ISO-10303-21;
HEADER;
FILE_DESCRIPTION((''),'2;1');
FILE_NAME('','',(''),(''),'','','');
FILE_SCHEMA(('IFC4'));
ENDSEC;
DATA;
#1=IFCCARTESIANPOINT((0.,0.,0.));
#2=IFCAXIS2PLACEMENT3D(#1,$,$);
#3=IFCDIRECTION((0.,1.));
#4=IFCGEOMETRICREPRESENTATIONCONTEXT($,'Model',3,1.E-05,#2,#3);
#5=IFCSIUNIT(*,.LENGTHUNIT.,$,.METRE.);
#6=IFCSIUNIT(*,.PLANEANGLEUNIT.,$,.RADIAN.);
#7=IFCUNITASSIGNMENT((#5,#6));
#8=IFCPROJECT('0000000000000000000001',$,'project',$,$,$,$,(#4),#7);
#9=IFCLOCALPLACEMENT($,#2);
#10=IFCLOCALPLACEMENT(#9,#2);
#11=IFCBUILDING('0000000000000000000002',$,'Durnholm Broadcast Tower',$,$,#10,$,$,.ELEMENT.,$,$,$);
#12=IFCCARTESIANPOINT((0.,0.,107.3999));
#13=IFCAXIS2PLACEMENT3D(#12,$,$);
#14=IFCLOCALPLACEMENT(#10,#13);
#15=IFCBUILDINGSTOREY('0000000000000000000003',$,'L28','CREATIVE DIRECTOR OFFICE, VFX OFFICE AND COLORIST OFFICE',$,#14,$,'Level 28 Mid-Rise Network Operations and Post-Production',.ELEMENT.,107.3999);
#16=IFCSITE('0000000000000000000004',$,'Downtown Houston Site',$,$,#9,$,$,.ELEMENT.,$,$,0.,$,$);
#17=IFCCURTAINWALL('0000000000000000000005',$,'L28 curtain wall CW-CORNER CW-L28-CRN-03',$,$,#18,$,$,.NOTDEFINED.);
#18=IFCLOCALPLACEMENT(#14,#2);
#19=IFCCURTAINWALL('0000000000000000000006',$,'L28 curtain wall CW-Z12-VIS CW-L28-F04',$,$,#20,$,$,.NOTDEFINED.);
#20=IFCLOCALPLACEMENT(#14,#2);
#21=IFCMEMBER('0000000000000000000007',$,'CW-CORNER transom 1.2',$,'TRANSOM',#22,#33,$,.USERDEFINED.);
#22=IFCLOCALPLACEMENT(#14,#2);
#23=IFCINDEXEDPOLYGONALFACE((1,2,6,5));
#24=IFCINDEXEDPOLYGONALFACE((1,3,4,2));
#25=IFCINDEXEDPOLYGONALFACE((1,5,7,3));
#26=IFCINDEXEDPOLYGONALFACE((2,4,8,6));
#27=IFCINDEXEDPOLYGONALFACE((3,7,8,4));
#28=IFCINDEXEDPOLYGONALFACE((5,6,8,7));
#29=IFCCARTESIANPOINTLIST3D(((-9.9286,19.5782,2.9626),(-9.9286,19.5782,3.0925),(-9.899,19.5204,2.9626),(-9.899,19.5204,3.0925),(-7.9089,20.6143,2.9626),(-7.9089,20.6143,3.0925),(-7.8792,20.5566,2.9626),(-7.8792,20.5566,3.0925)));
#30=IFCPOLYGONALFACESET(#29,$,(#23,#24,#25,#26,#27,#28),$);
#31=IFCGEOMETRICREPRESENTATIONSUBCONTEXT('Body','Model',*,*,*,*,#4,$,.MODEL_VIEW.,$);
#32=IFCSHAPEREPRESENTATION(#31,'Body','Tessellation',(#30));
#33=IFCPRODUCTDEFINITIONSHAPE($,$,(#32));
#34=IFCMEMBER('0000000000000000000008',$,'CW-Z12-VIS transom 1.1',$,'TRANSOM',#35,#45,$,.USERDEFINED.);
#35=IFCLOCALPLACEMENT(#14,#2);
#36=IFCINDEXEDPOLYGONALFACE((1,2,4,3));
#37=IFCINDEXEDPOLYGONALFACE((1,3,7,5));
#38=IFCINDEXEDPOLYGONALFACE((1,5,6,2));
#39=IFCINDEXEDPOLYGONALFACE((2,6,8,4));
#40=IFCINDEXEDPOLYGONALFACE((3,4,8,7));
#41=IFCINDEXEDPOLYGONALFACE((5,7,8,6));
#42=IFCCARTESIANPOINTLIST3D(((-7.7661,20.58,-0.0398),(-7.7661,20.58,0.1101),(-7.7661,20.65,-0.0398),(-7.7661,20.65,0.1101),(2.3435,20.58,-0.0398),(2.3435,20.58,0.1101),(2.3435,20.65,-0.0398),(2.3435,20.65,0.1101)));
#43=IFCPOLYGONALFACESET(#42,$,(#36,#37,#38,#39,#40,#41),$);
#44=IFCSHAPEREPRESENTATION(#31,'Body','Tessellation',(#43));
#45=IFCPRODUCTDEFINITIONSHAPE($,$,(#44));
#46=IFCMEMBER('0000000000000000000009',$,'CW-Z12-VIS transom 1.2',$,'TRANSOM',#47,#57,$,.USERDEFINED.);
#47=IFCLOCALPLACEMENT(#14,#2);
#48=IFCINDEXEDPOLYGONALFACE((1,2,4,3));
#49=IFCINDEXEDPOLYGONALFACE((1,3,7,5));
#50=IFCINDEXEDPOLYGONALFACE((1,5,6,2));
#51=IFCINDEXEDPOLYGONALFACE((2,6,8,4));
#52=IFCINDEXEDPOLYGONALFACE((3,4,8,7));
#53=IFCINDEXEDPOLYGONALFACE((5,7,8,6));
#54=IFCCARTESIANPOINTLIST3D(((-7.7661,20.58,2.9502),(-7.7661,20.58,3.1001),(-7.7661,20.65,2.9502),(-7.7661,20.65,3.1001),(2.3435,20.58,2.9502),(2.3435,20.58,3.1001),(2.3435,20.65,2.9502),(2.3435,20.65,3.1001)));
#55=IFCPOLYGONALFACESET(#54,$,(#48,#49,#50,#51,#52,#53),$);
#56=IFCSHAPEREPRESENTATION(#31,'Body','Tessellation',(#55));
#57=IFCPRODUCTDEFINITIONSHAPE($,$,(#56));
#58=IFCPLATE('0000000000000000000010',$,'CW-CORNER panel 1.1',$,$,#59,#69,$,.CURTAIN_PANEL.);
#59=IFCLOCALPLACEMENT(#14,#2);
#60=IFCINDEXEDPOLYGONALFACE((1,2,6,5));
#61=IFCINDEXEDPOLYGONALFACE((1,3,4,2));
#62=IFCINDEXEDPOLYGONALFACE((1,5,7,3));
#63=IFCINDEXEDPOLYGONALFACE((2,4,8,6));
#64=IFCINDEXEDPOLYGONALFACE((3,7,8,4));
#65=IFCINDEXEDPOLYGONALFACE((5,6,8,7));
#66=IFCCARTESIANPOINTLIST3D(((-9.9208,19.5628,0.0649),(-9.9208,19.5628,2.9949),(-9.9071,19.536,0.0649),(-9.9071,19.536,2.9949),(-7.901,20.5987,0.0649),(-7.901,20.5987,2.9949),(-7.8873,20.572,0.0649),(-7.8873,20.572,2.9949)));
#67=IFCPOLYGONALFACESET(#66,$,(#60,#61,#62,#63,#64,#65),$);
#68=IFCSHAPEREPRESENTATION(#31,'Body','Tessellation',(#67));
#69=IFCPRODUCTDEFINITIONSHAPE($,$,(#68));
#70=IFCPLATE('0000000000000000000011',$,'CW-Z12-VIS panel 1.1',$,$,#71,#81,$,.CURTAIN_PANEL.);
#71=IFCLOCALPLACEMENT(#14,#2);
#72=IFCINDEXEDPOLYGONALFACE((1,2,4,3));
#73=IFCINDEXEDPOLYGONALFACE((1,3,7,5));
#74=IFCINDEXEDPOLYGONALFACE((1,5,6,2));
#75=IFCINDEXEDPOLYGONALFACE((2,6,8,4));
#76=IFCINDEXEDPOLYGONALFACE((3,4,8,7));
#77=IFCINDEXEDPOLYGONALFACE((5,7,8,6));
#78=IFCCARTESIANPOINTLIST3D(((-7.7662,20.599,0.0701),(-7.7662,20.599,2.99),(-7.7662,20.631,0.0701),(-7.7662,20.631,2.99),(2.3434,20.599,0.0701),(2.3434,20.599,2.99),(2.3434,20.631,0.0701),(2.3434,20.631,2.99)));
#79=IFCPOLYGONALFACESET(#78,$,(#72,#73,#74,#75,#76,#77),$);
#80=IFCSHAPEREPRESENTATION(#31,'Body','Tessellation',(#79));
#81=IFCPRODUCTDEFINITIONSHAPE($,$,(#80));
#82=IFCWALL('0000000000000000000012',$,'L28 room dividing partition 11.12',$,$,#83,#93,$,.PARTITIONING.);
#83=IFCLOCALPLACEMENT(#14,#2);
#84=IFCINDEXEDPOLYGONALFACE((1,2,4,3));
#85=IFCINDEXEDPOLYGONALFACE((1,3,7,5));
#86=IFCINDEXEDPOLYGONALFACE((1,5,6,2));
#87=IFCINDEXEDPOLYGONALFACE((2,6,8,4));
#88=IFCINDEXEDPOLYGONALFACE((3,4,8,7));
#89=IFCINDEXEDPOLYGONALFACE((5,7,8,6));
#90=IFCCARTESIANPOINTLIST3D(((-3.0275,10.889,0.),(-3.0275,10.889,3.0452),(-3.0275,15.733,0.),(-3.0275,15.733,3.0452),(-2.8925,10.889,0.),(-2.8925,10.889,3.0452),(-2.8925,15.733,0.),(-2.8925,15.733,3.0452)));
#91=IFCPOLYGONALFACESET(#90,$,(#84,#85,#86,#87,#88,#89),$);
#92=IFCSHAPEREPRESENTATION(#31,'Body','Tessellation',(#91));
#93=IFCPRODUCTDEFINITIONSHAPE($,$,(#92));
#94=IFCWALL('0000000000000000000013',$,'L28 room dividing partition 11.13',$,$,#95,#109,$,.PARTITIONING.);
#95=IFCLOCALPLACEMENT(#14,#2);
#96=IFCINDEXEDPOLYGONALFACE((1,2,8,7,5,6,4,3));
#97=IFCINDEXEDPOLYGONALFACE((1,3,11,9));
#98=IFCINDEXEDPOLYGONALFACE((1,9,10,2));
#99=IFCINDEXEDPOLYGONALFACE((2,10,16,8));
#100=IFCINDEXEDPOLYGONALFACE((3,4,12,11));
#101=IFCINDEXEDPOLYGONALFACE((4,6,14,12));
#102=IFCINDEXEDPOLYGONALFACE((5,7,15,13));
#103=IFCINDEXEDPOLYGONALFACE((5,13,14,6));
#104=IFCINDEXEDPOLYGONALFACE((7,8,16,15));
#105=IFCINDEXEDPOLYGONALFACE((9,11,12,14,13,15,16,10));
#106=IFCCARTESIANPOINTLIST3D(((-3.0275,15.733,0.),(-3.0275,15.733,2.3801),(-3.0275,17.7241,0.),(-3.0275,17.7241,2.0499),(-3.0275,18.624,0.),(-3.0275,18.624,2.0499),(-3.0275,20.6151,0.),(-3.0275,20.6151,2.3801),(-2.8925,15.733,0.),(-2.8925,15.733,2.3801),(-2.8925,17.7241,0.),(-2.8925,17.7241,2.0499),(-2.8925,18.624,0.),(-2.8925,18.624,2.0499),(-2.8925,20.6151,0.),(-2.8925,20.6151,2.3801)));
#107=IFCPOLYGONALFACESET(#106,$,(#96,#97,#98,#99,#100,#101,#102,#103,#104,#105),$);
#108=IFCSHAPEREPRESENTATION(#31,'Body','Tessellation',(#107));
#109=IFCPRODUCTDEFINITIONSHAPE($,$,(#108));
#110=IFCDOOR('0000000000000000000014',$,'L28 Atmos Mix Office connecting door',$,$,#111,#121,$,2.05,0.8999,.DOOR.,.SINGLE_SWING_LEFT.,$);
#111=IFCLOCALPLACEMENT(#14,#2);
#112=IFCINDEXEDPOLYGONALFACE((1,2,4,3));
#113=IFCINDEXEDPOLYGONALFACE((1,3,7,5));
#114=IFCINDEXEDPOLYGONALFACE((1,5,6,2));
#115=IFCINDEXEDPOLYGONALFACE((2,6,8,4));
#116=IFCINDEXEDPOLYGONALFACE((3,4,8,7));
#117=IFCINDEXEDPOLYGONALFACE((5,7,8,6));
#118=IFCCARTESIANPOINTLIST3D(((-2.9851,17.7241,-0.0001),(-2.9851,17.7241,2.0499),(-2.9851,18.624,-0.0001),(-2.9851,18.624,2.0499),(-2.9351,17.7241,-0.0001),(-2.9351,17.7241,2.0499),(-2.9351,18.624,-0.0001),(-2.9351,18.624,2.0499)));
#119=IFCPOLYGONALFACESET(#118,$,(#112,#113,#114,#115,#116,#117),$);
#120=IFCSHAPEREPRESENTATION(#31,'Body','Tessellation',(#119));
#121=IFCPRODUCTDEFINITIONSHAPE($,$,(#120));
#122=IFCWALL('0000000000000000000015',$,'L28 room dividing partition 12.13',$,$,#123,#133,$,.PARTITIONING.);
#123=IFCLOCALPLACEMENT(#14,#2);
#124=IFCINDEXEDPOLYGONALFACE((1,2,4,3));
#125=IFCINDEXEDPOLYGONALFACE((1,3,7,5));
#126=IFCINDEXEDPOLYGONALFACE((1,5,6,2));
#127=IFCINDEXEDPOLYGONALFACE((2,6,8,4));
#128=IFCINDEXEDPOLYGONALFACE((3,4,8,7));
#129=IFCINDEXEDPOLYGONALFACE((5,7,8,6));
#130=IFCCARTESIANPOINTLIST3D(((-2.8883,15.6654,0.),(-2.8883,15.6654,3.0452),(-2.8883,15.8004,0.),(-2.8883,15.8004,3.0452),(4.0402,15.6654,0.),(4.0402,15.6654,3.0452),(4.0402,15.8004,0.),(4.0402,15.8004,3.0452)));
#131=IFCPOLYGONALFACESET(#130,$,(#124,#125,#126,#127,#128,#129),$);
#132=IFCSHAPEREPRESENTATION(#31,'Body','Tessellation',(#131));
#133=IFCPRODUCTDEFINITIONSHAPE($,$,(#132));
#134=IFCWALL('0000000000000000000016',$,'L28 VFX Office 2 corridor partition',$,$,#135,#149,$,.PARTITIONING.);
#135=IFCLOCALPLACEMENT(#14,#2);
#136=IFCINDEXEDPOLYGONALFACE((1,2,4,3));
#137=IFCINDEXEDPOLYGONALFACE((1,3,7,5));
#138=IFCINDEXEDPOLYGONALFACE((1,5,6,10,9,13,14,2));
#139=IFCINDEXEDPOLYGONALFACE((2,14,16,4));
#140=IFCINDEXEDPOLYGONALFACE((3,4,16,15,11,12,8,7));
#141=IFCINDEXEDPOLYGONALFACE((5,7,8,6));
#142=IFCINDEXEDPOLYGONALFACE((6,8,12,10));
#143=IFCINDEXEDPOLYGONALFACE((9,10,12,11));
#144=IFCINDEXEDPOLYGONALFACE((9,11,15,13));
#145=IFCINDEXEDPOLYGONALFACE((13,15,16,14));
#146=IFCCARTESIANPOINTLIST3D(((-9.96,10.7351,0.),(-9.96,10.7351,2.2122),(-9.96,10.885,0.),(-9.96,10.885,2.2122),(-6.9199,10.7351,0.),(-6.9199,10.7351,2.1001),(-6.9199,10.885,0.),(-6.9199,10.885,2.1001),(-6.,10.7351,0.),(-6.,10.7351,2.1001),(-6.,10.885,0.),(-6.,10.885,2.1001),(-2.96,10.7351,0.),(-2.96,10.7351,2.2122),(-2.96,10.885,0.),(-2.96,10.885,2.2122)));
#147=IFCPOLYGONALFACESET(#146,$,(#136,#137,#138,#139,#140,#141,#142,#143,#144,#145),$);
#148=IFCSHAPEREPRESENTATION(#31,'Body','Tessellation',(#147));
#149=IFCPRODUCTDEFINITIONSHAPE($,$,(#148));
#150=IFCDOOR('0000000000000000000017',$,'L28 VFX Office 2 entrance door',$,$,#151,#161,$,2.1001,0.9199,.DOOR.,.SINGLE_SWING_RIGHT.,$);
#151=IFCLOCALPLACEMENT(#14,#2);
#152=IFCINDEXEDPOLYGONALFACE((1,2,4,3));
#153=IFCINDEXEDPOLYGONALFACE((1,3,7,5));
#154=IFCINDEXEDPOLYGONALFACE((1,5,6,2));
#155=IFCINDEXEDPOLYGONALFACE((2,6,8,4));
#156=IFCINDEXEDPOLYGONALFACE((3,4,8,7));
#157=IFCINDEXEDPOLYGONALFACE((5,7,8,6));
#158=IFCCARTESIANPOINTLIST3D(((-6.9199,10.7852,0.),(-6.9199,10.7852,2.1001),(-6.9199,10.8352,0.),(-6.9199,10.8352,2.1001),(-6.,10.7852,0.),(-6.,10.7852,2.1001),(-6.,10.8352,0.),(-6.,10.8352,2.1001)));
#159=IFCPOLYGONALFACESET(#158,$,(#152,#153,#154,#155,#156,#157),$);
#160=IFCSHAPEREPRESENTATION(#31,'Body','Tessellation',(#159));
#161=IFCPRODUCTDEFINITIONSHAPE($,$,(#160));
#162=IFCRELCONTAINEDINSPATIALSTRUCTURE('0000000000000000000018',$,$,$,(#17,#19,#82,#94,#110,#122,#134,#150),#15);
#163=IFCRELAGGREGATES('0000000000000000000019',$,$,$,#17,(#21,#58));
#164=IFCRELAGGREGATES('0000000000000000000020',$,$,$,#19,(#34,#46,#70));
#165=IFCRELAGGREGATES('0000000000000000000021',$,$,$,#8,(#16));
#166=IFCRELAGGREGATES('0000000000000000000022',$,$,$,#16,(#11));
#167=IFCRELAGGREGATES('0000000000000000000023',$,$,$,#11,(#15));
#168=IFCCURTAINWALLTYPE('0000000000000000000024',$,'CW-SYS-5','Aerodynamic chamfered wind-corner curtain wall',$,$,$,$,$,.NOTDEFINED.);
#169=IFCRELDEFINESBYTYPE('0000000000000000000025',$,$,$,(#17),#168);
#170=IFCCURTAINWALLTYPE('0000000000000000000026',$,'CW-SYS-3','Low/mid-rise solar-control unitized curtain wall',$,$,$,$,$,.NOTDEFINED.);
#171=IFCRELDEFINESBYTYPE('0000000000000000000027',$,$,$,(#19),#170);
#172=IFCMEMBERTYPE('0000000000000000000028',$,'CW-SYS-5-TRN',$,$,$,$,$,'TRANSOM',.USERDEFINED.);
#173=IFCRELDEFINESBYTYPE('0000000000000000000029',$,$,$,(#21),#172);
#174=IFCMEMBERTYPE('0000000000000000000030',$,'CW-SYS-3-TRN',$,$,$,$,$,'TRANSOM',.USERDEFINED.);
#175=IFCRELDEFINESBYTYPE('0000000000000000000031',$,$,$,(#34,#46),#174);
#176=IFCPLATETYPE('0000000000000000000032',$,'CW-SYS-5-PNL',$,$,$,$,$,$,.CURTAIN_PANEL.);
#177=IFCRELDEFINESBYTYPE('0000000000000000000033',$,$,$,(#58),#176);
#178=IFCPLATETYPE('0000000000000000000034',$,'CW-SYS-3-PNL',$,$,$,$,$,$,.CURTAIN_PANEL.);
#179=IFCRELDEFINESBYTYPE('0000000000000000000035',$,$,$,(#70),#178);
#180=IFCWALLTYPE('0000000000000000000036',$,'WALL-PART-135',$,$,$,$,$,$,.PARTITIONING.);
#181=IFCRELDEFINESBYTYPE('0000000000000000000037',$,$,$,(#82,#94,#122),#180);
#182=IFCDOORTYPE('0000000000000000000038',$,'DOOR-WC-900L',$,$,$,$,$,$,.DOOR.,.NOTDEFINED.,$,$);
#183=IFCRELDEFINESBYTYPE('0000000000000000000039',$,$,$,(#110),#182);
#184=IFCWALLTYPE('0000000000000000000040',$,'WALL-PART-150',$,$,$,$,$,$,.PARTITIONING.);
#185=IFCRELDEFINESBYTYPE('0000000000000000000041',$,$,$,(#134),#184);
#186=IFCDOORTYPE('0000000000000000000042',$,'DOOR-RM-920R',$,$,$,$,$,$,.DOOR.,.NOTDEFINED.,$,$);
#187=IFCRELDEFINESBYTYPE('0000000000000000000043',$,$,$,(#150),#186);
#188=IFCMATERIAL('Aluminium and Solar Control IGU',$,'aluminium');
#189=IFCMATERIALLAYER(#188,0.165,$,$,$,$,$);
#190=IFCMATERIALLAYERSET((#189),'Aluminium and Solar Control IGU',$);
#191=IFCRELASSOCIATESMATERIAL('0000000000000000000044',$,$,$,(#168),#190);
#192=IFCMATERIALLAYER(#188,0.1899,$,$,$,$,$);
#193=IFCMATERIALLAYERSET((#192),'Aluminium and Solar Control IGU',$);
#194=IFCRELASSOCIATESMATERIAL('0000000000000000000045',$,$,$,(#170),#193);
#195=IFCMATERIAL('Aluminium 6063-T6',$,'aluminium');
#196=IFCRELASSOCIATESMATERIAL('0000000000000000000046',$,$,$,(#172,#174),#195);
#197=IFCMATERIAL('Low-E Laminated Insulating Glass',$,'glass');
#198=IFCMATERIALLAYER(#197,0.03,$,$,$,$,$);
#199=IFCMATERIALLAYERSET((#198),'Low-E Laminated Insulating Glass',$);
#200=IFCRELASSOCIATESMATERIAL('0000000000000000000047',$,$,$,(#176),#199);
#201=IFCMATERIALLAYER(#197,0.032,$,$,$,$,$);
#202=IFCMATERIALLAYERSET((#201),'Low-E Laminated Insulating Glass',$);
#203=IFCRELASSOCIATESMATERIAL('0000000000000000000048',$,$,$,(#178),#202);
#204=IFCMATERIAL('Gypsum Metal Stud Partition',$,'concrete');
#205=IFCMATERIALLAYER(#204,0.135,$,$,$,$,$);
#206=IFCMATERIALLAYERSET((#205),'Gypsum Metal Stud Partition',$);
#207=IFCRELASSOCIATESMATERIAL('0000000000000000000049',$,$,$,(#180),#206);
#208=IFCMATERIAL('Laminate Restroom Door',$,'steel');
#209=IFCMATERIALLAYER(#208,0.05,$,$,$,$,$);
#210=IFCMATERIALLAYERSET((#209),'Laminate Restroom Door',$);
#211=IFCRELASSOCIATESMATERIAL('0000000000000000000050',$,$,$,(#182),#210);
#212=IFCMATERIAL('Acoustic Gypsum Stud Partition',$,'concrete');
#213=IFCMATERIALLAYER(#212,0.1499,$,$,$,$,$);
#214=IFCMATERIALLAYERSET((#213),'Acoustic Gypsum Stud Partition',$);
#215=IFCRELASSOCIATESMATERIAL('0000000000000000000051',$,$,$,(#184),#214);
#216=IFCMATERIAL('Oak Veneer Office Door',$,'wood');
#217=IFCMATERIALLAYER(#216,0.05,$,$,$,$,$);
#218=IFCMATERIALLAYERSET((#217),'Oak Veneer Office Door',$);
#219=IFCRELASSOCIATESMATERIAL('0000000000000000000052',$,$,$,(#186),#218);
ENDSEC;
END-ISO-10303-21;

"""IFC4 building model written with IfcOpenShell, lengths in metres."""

from ifc_helpers import new_model, si_unit, direction, frame, frame_2d, origin, origin_2d, place, context, subcontext, project, spatial, rectangle, extrude, source, transform, mapped, material, layer, layer_set, material_profile, profile_set, type_object, type_shapes, element, fill, aggregate, save


model = new_model("IFC4")

# Units and contexts
model_context = context("Model", 3, precision=1e-05, world=origin(), true_north=direction((0.0, 1.0)))
body_context = subcontext(model_context, "Body", "Model", "MODEL_VIEW")
ifc_project = project(units=[si_unit("LENGTHUNIT", "METRE"), si_unit("PLANEANGLEUNIT", "RADIAN")], contexts=[model_context])

# Site, building, storey
site_placement = place(None, origin())
site = spatial("IfcSite", under=ifc_project, at=site_placement, Name="Downtown Houston Site", CompositionType="ELEMENT", RefElevation=0.0)
building_placement = place(site_placement, origin())
building = spatial("IfcBuilding", under=site, at=building_placement, Name="Durnholm Broadcast Tower", CompositionType="ELEMENT")
storey_placement = place(building_placement, frame((0.0, 0.0, 107.3999)))
storey = spatial("IfcBuildingStorey", under=building, at=storey_placement, Name="L28", Description="CREATIVE DIRECTOR OFFICE, VFX OFFICE AND COLORIST OFFICE", LongName="Level 28 Mid-Rise Network Operations and Post-Production", CompositionType="ELEMENT", Elevation=107.3999)

# Curtain walls
ifc_material_1 = material(Name="Aluminium and Solar Control IGU", Category="aluminium")
ifc_layer_1 = layer(ifc_material_1, 0.165)
ifc_layer_set_1 = layer_set([ifc_layer_1], Name="Aluminium and Solar Control IGU")
curtain_wall_type_1 = type_object("IfcCurtainWallType", Name="CW-SYS-5", Description="Aerodynamic chamfered wind-corner curtain wall", PredefinedType="NOTDEFINED", material=ifc_layer_set_1)
curtain_wall_1_placement = place(storey_placement, origin())
curtain_wall_1 = element("IfcCurtainWall", 1, at=curtain_wall_1_placement, inside=storey, type_object=curtain_wall_type_1, Name="L28 curtain wall CW-CORNER CW-L28-CRN-03", PredefinedType="NOTDEFINED")
ifc_material_2 = material(Name="Aluminium 6063-T6", Category="aluminium")
ifc_layer_2 = layer(ifc_material_1, 0.1899)
ifc_layer_set_2 = layer_set([ifc_layer_2], Name="Aluminium and Solar Control IGU")
curtain_wall_type_2 = type_object("IfcCurtainWallType", Name="CW-SYS-3", Description="Low/mid-rise solar-control unitized curtain wall", PredefinedType="NOTDEFINED", material=ifc_layer_set_2)
curtain_wall_2_placement = place(storey_placement, origin())
curtain_wall_2 = element("IfcCurtainWall", 2, at=curtain_wall_2_placement, inside=storey, type_object=curtain_wall_type_2, Name="L28 curtain wall CW-Z12-VIS CW-L28-F04", PredefinedType="NOTDEFINED")

# Members
ifc_material_profile_1 = material_profile(ifc_material_2, rectangle(XDim=0.0649, YDim=0.1299, at=origin_2d()), Name="CWT65X130")
ifc_profile_set_1 = profile_set([ifc_material_profile_1], Name="Aluminium 6063-T6")
member_type_1 = type_object("IfcMemberType", Name="CW-SYS-5-TRN", ElementType="TRANSOM", PredefinedType="USERDEFINED", material=ifc_profile_set_1)
shared_shape_1 = source(origin(), body_context, "Body", "SweptSolid", [
    extrude(rectangle(XDim=0.0649, YDim=0.1299, at=origin_2d()), origin(), (0.0, 0.0, 1.0), 2.27),
])
type_shapes(member_type_1, [shared_shape_1])
member_1_placement = place(storey_placement, frame((-9.9138, 19.5493, 3.0276), z_axis=(0.889755, 0.456439, 0.0), x_axis=(-0.456439, 0.889755, 0.0)))
member_1 = element("IfcMember", 3, at=member_1_placement, type_object=member_type_1, Name="CW-CORNER transom 1.2", ObjectType="TRANSOM", PredefinedType="USERDEFINED", context=body_context, shape_type="MappedRepresentation", body=[
    mapped(shared_shape_1, transform((0.0, 0.0, 0.0), x_axis=(1.0, 0.0, 0.0), y_axis=(0.0, 1.0, 0.0), z_axis=(0.0, 0.0, 1.0), scale=1.0)),
])
ifc_material_profile_2 = material_profile(ifc_material_2, rectangle(XDim=0.0701, YDim=0.1499, at=origin_2d()), Name="CWT70X150")
ifc_profile_set_2 = profile_set([ifc_material_profile_2], Name="Aluminium 6063-T6")
member_type_2 = type_object("IfcMemberType", Name="CW-SYS-3-TRN", ElementType="TRANSOM", PredefinedType="USERDEFINED", material=ifc_profile_set_2)
shared_shape_2 = source(origin(), body_context, "Body", "SweptSolid", [
    extrude(rectangle(XDim=0.0701, YDim=0.1499, at=origin_2d()), origin(), (0.0, 0.0, 1.0), 10.1096),
])
type_shapes(member_type_2, [shared_shape_2])
member_2_placement = place(storey_placement, frame((-7.7661, 20.615, 0.0352), z_axis=(1.0, 0.0, 0.0), x_axis=(0.0, 1.0, 0.0)))
member_2 = element("IfcMember", 4, at=member_2_placement, type_object=member_type_2, Name="CW-Z12-VIS transom 1.1", ObjectType="TRANSOM", PredefinedType="USERDEFINED", context=body_context, shape_type="MappedRepresentation", body=[
    mapped(shared_shape_2, transform((0.0, 0.0, 0.0), x_axis=(1.0, 0.0, 0.0), y_axis=(0.0, 1.0, 0.0), z_axis=(0.0, 0.0, 1.0), scale=1.0)),
])
member_3_placement = place(storey_placement, frame((-7.7661, 20.615, 3.0251), z_axis=(1.0, 0.0, 0.0), x_axis=(0.0, 1.0, 0.0)))
member_3 = element("IfcMember", 5, at=member_3_placement, type_object=member_type_2, Name="CW-Z12-VIS transom 1.2", ObjectType="TRANSOM", PredefinedType="USERDEFINED", context=body_context, shape_type="MappedRepresentation", body=[
    mapped(shared_shape_2, transform((0.0, 0.0, 0.0), x_axis=(1.0, 0.0, 0.0), y_axis=(0.0, 1.0, 0.0), z_axis=(0.0, 0.0, 1.0), scale=1.0)),
])

# Plates
ifc_material_3 = material(Name="Low-E Laminated Insulating Glass", Category="glass")
ifc_layer_3 = layer(ifc_material_3, 0.03)
ifc_layer_set_3 = layer_set([ifc_layer_3], Name="Low-E Laminated Insulating Glass")
plate_type_1 = type_object("IfcPlateType", Name="CW-SYS-5-PNL", PredefinedType="CURTAIN_PANEL", material=ifc_layer_set_3)
shared_shape_3 = source(origin(), body_context, "Body", "SweptSolid", [
    extrude(rectangle(XDim=2.27, YDim=0.03, at=origin_2d()), origin(), (0.0, 0.0, 1.0), 2.9299),
])
type_shapes(plate_type_1, [shared_shape_3])
plate_1_placement = place(storey_placement, frame((-8.9041, 20.0674, 0.0649), z_axis=(0.0, 0.0, 1.0), x_axis=(0.889788, 0.456373, 0.0)))
plate_1 = element("IfcPlate", 6, at=plate_1_placement, type_object=plate_type_1, Name="CW-CORNER panel 1.1", PredefinedType="CURTAIN_PANEL", context=body_context, shape_type="MappedRepresentation", body=[
    mapped(shared_shape_3, transform((0.0, 0.0, 0.0), x_axis=(1.0, 0.0, 0.0), y_axis=(0.0, 1.0, 0.0), z_axis=(0.0, 0.0, 1.0), scale=1.0)),
])
aggregate(curtain_wall_1, [member_1, plate_1])
ifc_layer_4 = layer(ifc_material_3, 0.032)
ifc_layer_set_4 = layer_set([ifc_layer_4], Name="Low-E Laminated Insulating Glass")
plate_type_2 = type_object("IfcPlateType", Name="CW-SYS-3-PNL", PredefinedType="CURTAIN_PANEL", material=ifc_layer_set_4)
shared_shape_4 = source(origin(), body_context, "Body", "SweptSolid", [
    extrude(rectangle(XDim=10.1096, YDim=0.032, at=origin_2d()), origin(), (0.0, 0.0, 1.0), 2.9199),
])
type_shapes(plate_type_2, [shared_shape_4])
plate_2_placement = place(storey_placement, frame((-2.7114, 20.615, 0.0701), z_axis=(0.0, 0.0, 1.0), x_axis=(1.0, 0.0, 0.0)))
plate_2 = element("IfcPlate", 7, at=plate_2_placement, type_object=plate_type_2, Name="CW-Z12-VIS panel 1.1", PredefinedType="CURTAIN_PANEL", context=body_context, shape_type="MappedRepresentation", body=[
    mapped(shared_shape_4, transform((0.0, 0.0, 0.0), x_axis=(1.0, 0.0, 0.0), y_axis=(0.0, 1.0, 0.0), z_axis=(0.0, 0.0, 1.0), scale=1.0)),
])
aggregate(curtain_wall_2, [member_2, member_3, plate_2])

# Wall
ifc_material_4 = material(Name="Gypsum Metal Stud Partition", Category="concrete")
ifc_layer_5 = layer(ifc_material_4, 0.135)
ifc_layer_set_5 = layer_set([ifc_layer_5], Name="Gypsum Metal Stud Partition")
wall_type_1 = type_object("IfcWallType", Name="WALL-PART-135", PredefinedType="PARTITIONING", material=ifc_layer_set_5)
wall_1_placement = place(storey_placement, frame((-2.96, 15.7329, 0.0), z_axis=(0.0, 0.0, 1.0), x_axis=(0.0, -1.0, 0.0)))
element("IfcWall", 8, at=wall_1_placement, inside=storey, type_object=wall_type_1, Name="L28 room dividing partition 11.12", PredefinedType="PARTITIONING", context=body_context, shape_type="SweptSolid", body=[
    extrude(rectangle(XDim=4.844, YDim=0.135, at=frame_2d((2.4219, 0.0))), origin(), (0.0, 0.0, 1.0), 3.0452),
])

# Wall, opening, door
wall_2_placement = place(storey_placement, frame((-2.96, 20.615, 0.0), z_axis=(0.0, 0.0, 1.0), x_axis=(0.0, -1.0, 0.0)))
wall_2 = element("IfcWall", 9, at=wall_2_placement, inside=storey, type_object=wall_type_1, Name="L28 room dividing partition 11.13", PredefinedType="PARTITIONING", context=body_context, shape_type="SweptSolid", body=[
    extrude(rectangle(XDim=4.8821, YDim=0.135, at=frame_2d((2.4409, 0.0))), origin(), (0.0, 0.0, 1.0), 2.3801),
])
opening_1_placement = place(wall_2_placement, frame((1.991, 0.0, 0.0)))
opening_1 = element("IfcOpeningElement", 10, at=opening_1_placement, cuts=wall_2, PredefinedType="OPENING", context=body_context, shape_type="SweptSolid", body=[
    extrude(rectangle(XDim=0.8999, YDim=2.05, at=frame_2d((0.45, 1.0249))), frame((0.0, 0.0776, 0.0), z_axis=(0.0, -1.0, 0.0), x_axis=(1.0, 0.0, 0.0)), (0.0, 0.0, 1.0), 0.155),
])
ifc_material_5 = material(Name="Laminate Restroom Door", Category="steel")
ifc_layer_6 = layer(ifc_material_5, 0.05)
ifc_layer_set_6 = layer_set([ifc_layer_6], Name="Laminate Restroom Door")
door_type_1 = type_object("IfcDoorType", Name="DOOR-WC-900L", OperationType="NOTDEFINED", PredefinedType="DOOR", material=ifc_layer_set_6)
shared_shape_5 = source(origin(), body_context, "Body", "SweptSolid", [
    extrude(rectangle(XDim=0.8999, YDim=2.05, at=frame_2d((0.45, 1.0249))), frame((0.0, 0.0249, 0.0), z_axis=(0.0, -1.0, 0.0), x_axis=(1.0, 0.0, 0.0)), (0.0, 0.0, 1.0), 0.05),
])
type_shapes(door_type_1, [shared_shape_5])
door_1_placement = place(opening_1_placement, origin())
door_1 = element("IfcDoor", 11, at=door_1_placement, inside=storey, type_object=door_type_1, Name="L28 Atmos Mix Office connecting door", OperationType="SINGLE_SWING_LEFT", OverallHeight=2.05, OverallWidth=0.8999, PredefinedType="DOOR", context=body_context, shape_type="MappedRepresentation", body=[
    mapped(shared_shape_5, transform((0.0, 0.0, 0.0), x_axis=(1.0, 0.0, 0.0), y_axis=(0.0, 1.0, 0.0), z_axis=(0.0, 0.0, 1.0), scale=1.0)),
])
fill(opening_1, door_1)

# Wall
wall_3_placement = place(storey_placement, frame((-2.8884, 15.7329, 0.0), z_axis=(0.0, 0.0, 1.0), x_axis=(1.0, 0.0, 0.0)))
element("IfcWall", 12, at=wall_3_placement, inside=storey, type_object=wall_type_1, Name="L28 room dividing partition 12.13", PredefinedType="PARTITIONING", context=body_context, shape_type="SweptSolid", body=[
    extrude(rectangle(XDim=6.9285, YDim=0.135, at=frame_2d((3.4644, 0.0))), origin(), (0.0, 0.0, 1.0), 3.0452),
])

# Wall, opening, door
ifc_material_6 = material(Name="Acoustic Gypsum Stud Partition", Category="concrete")
ifc_layer_7 = layer(ifc_material_6, 0.1499)
ifc_layer_set_7 = layer_set([ifc_layer_7], Name="Acoustic Gypsum Stud Partition")
wall_type_2 = type_object("IfcWallType", Name="WALL-PART-150", PredefinedType="PARTITIONING", material=ifc_layer_set_7)
wall_4_placement = place(storey_placement, frame((-2.96, 10.8101, 0.0), z_axis=(0.0, 0.0, 1.0), x_axis=(-1.0, 0.0, 0.0)))
wall_4 = element("IfcWall", 13, at=wall_4_placement, inside=storey, type_object=wall_type_2, Name="L28 VFX Office 2 corridor partition", PredefinedType="PARTITIONING", context=body_context, shape_type="SweptSolid", body=[
    extrude(rectangle(XDim=7.0, YDim=0.1499, at=frame_2d((3.5, 0.0))), origin(), (0.0, 0.0, 1.0), 2.2122),
])
opening_2_placement = place(wall_4_placement, frame((3.04, 0.0, 0.0)))
opening_2 = element("IfcOpeningElement", 14, at=opening_2_placement, cuts=wall_4, PredefinedType="OPENING", context=body_context, shape_type="SweptSolid", body=[
    extrude(rectangle(XDim=0.9199, YDim=2.1001, at=frame_2d((0.46, 1.05))), frame((0.0, 0.085, 0.0), z_axis=(0.0, -1.0, 0.0), x_axis=(1.0, 0.0, 0.0)), (0.0, 0.0, 1.0), 0.1699),
])
ifc_material_7 = material(Name="Oak Veneer Office Door", Category="wood")
ifc_layer_8 = layer(ifc_material_7, 0.05)
ifc_layer_set_8 = layer_set([ifc_layer_8], Name="Oak Veneer Office Door")
door_type_2 = type_object("IfcDoorType", Name="DOOR-RM-920R", OperationType="NOTDEFINED", PredefinedType="DOOR", material=ifc_layer_set_8)
shared_shape_6 = source(origin(), body_context, "Body", "SweptSolid", [
    extrude(rectangle(XDim=0.9199, YDim=2.1001, at=frame_2d((0.46, 1.05))), frame((0.0, 0.0249, 0.0), z_axis=(0.0, -1.0, 0.0), x_axis=(1.0, 0.0, 0.0)), (0.0, 0.0, 1.0), 0.05),
])
type_shapes(door_type_2, [shared_shape_6])
door_2_placement = place(opening_2_placement, origin())
door_2 = element("IfcDoor", 15, at=door_2_placement, inside=storey, type_object=door_type_2, Name="L28 VFX Office 2 entrance door", OperationType="SINGLE_SWING_RIGHT", OverallHeight=2.1001, OverallWidth=0.9199, PredefinedType="DOOR", context=body_context, shape_type="MappedRepresentation", body=[
    mapped(shared_shape_6, transform((0.0, 0.0, 0.0), x_axis=(1.0, 0.0, 0.0), y_axis=(0.0, 1.0, 0.0), z_axis=(0.0, 0.0, 1.0), scale=1.0)),
])
fill(opening_2, door_2)

save(model, "model.ifc")
